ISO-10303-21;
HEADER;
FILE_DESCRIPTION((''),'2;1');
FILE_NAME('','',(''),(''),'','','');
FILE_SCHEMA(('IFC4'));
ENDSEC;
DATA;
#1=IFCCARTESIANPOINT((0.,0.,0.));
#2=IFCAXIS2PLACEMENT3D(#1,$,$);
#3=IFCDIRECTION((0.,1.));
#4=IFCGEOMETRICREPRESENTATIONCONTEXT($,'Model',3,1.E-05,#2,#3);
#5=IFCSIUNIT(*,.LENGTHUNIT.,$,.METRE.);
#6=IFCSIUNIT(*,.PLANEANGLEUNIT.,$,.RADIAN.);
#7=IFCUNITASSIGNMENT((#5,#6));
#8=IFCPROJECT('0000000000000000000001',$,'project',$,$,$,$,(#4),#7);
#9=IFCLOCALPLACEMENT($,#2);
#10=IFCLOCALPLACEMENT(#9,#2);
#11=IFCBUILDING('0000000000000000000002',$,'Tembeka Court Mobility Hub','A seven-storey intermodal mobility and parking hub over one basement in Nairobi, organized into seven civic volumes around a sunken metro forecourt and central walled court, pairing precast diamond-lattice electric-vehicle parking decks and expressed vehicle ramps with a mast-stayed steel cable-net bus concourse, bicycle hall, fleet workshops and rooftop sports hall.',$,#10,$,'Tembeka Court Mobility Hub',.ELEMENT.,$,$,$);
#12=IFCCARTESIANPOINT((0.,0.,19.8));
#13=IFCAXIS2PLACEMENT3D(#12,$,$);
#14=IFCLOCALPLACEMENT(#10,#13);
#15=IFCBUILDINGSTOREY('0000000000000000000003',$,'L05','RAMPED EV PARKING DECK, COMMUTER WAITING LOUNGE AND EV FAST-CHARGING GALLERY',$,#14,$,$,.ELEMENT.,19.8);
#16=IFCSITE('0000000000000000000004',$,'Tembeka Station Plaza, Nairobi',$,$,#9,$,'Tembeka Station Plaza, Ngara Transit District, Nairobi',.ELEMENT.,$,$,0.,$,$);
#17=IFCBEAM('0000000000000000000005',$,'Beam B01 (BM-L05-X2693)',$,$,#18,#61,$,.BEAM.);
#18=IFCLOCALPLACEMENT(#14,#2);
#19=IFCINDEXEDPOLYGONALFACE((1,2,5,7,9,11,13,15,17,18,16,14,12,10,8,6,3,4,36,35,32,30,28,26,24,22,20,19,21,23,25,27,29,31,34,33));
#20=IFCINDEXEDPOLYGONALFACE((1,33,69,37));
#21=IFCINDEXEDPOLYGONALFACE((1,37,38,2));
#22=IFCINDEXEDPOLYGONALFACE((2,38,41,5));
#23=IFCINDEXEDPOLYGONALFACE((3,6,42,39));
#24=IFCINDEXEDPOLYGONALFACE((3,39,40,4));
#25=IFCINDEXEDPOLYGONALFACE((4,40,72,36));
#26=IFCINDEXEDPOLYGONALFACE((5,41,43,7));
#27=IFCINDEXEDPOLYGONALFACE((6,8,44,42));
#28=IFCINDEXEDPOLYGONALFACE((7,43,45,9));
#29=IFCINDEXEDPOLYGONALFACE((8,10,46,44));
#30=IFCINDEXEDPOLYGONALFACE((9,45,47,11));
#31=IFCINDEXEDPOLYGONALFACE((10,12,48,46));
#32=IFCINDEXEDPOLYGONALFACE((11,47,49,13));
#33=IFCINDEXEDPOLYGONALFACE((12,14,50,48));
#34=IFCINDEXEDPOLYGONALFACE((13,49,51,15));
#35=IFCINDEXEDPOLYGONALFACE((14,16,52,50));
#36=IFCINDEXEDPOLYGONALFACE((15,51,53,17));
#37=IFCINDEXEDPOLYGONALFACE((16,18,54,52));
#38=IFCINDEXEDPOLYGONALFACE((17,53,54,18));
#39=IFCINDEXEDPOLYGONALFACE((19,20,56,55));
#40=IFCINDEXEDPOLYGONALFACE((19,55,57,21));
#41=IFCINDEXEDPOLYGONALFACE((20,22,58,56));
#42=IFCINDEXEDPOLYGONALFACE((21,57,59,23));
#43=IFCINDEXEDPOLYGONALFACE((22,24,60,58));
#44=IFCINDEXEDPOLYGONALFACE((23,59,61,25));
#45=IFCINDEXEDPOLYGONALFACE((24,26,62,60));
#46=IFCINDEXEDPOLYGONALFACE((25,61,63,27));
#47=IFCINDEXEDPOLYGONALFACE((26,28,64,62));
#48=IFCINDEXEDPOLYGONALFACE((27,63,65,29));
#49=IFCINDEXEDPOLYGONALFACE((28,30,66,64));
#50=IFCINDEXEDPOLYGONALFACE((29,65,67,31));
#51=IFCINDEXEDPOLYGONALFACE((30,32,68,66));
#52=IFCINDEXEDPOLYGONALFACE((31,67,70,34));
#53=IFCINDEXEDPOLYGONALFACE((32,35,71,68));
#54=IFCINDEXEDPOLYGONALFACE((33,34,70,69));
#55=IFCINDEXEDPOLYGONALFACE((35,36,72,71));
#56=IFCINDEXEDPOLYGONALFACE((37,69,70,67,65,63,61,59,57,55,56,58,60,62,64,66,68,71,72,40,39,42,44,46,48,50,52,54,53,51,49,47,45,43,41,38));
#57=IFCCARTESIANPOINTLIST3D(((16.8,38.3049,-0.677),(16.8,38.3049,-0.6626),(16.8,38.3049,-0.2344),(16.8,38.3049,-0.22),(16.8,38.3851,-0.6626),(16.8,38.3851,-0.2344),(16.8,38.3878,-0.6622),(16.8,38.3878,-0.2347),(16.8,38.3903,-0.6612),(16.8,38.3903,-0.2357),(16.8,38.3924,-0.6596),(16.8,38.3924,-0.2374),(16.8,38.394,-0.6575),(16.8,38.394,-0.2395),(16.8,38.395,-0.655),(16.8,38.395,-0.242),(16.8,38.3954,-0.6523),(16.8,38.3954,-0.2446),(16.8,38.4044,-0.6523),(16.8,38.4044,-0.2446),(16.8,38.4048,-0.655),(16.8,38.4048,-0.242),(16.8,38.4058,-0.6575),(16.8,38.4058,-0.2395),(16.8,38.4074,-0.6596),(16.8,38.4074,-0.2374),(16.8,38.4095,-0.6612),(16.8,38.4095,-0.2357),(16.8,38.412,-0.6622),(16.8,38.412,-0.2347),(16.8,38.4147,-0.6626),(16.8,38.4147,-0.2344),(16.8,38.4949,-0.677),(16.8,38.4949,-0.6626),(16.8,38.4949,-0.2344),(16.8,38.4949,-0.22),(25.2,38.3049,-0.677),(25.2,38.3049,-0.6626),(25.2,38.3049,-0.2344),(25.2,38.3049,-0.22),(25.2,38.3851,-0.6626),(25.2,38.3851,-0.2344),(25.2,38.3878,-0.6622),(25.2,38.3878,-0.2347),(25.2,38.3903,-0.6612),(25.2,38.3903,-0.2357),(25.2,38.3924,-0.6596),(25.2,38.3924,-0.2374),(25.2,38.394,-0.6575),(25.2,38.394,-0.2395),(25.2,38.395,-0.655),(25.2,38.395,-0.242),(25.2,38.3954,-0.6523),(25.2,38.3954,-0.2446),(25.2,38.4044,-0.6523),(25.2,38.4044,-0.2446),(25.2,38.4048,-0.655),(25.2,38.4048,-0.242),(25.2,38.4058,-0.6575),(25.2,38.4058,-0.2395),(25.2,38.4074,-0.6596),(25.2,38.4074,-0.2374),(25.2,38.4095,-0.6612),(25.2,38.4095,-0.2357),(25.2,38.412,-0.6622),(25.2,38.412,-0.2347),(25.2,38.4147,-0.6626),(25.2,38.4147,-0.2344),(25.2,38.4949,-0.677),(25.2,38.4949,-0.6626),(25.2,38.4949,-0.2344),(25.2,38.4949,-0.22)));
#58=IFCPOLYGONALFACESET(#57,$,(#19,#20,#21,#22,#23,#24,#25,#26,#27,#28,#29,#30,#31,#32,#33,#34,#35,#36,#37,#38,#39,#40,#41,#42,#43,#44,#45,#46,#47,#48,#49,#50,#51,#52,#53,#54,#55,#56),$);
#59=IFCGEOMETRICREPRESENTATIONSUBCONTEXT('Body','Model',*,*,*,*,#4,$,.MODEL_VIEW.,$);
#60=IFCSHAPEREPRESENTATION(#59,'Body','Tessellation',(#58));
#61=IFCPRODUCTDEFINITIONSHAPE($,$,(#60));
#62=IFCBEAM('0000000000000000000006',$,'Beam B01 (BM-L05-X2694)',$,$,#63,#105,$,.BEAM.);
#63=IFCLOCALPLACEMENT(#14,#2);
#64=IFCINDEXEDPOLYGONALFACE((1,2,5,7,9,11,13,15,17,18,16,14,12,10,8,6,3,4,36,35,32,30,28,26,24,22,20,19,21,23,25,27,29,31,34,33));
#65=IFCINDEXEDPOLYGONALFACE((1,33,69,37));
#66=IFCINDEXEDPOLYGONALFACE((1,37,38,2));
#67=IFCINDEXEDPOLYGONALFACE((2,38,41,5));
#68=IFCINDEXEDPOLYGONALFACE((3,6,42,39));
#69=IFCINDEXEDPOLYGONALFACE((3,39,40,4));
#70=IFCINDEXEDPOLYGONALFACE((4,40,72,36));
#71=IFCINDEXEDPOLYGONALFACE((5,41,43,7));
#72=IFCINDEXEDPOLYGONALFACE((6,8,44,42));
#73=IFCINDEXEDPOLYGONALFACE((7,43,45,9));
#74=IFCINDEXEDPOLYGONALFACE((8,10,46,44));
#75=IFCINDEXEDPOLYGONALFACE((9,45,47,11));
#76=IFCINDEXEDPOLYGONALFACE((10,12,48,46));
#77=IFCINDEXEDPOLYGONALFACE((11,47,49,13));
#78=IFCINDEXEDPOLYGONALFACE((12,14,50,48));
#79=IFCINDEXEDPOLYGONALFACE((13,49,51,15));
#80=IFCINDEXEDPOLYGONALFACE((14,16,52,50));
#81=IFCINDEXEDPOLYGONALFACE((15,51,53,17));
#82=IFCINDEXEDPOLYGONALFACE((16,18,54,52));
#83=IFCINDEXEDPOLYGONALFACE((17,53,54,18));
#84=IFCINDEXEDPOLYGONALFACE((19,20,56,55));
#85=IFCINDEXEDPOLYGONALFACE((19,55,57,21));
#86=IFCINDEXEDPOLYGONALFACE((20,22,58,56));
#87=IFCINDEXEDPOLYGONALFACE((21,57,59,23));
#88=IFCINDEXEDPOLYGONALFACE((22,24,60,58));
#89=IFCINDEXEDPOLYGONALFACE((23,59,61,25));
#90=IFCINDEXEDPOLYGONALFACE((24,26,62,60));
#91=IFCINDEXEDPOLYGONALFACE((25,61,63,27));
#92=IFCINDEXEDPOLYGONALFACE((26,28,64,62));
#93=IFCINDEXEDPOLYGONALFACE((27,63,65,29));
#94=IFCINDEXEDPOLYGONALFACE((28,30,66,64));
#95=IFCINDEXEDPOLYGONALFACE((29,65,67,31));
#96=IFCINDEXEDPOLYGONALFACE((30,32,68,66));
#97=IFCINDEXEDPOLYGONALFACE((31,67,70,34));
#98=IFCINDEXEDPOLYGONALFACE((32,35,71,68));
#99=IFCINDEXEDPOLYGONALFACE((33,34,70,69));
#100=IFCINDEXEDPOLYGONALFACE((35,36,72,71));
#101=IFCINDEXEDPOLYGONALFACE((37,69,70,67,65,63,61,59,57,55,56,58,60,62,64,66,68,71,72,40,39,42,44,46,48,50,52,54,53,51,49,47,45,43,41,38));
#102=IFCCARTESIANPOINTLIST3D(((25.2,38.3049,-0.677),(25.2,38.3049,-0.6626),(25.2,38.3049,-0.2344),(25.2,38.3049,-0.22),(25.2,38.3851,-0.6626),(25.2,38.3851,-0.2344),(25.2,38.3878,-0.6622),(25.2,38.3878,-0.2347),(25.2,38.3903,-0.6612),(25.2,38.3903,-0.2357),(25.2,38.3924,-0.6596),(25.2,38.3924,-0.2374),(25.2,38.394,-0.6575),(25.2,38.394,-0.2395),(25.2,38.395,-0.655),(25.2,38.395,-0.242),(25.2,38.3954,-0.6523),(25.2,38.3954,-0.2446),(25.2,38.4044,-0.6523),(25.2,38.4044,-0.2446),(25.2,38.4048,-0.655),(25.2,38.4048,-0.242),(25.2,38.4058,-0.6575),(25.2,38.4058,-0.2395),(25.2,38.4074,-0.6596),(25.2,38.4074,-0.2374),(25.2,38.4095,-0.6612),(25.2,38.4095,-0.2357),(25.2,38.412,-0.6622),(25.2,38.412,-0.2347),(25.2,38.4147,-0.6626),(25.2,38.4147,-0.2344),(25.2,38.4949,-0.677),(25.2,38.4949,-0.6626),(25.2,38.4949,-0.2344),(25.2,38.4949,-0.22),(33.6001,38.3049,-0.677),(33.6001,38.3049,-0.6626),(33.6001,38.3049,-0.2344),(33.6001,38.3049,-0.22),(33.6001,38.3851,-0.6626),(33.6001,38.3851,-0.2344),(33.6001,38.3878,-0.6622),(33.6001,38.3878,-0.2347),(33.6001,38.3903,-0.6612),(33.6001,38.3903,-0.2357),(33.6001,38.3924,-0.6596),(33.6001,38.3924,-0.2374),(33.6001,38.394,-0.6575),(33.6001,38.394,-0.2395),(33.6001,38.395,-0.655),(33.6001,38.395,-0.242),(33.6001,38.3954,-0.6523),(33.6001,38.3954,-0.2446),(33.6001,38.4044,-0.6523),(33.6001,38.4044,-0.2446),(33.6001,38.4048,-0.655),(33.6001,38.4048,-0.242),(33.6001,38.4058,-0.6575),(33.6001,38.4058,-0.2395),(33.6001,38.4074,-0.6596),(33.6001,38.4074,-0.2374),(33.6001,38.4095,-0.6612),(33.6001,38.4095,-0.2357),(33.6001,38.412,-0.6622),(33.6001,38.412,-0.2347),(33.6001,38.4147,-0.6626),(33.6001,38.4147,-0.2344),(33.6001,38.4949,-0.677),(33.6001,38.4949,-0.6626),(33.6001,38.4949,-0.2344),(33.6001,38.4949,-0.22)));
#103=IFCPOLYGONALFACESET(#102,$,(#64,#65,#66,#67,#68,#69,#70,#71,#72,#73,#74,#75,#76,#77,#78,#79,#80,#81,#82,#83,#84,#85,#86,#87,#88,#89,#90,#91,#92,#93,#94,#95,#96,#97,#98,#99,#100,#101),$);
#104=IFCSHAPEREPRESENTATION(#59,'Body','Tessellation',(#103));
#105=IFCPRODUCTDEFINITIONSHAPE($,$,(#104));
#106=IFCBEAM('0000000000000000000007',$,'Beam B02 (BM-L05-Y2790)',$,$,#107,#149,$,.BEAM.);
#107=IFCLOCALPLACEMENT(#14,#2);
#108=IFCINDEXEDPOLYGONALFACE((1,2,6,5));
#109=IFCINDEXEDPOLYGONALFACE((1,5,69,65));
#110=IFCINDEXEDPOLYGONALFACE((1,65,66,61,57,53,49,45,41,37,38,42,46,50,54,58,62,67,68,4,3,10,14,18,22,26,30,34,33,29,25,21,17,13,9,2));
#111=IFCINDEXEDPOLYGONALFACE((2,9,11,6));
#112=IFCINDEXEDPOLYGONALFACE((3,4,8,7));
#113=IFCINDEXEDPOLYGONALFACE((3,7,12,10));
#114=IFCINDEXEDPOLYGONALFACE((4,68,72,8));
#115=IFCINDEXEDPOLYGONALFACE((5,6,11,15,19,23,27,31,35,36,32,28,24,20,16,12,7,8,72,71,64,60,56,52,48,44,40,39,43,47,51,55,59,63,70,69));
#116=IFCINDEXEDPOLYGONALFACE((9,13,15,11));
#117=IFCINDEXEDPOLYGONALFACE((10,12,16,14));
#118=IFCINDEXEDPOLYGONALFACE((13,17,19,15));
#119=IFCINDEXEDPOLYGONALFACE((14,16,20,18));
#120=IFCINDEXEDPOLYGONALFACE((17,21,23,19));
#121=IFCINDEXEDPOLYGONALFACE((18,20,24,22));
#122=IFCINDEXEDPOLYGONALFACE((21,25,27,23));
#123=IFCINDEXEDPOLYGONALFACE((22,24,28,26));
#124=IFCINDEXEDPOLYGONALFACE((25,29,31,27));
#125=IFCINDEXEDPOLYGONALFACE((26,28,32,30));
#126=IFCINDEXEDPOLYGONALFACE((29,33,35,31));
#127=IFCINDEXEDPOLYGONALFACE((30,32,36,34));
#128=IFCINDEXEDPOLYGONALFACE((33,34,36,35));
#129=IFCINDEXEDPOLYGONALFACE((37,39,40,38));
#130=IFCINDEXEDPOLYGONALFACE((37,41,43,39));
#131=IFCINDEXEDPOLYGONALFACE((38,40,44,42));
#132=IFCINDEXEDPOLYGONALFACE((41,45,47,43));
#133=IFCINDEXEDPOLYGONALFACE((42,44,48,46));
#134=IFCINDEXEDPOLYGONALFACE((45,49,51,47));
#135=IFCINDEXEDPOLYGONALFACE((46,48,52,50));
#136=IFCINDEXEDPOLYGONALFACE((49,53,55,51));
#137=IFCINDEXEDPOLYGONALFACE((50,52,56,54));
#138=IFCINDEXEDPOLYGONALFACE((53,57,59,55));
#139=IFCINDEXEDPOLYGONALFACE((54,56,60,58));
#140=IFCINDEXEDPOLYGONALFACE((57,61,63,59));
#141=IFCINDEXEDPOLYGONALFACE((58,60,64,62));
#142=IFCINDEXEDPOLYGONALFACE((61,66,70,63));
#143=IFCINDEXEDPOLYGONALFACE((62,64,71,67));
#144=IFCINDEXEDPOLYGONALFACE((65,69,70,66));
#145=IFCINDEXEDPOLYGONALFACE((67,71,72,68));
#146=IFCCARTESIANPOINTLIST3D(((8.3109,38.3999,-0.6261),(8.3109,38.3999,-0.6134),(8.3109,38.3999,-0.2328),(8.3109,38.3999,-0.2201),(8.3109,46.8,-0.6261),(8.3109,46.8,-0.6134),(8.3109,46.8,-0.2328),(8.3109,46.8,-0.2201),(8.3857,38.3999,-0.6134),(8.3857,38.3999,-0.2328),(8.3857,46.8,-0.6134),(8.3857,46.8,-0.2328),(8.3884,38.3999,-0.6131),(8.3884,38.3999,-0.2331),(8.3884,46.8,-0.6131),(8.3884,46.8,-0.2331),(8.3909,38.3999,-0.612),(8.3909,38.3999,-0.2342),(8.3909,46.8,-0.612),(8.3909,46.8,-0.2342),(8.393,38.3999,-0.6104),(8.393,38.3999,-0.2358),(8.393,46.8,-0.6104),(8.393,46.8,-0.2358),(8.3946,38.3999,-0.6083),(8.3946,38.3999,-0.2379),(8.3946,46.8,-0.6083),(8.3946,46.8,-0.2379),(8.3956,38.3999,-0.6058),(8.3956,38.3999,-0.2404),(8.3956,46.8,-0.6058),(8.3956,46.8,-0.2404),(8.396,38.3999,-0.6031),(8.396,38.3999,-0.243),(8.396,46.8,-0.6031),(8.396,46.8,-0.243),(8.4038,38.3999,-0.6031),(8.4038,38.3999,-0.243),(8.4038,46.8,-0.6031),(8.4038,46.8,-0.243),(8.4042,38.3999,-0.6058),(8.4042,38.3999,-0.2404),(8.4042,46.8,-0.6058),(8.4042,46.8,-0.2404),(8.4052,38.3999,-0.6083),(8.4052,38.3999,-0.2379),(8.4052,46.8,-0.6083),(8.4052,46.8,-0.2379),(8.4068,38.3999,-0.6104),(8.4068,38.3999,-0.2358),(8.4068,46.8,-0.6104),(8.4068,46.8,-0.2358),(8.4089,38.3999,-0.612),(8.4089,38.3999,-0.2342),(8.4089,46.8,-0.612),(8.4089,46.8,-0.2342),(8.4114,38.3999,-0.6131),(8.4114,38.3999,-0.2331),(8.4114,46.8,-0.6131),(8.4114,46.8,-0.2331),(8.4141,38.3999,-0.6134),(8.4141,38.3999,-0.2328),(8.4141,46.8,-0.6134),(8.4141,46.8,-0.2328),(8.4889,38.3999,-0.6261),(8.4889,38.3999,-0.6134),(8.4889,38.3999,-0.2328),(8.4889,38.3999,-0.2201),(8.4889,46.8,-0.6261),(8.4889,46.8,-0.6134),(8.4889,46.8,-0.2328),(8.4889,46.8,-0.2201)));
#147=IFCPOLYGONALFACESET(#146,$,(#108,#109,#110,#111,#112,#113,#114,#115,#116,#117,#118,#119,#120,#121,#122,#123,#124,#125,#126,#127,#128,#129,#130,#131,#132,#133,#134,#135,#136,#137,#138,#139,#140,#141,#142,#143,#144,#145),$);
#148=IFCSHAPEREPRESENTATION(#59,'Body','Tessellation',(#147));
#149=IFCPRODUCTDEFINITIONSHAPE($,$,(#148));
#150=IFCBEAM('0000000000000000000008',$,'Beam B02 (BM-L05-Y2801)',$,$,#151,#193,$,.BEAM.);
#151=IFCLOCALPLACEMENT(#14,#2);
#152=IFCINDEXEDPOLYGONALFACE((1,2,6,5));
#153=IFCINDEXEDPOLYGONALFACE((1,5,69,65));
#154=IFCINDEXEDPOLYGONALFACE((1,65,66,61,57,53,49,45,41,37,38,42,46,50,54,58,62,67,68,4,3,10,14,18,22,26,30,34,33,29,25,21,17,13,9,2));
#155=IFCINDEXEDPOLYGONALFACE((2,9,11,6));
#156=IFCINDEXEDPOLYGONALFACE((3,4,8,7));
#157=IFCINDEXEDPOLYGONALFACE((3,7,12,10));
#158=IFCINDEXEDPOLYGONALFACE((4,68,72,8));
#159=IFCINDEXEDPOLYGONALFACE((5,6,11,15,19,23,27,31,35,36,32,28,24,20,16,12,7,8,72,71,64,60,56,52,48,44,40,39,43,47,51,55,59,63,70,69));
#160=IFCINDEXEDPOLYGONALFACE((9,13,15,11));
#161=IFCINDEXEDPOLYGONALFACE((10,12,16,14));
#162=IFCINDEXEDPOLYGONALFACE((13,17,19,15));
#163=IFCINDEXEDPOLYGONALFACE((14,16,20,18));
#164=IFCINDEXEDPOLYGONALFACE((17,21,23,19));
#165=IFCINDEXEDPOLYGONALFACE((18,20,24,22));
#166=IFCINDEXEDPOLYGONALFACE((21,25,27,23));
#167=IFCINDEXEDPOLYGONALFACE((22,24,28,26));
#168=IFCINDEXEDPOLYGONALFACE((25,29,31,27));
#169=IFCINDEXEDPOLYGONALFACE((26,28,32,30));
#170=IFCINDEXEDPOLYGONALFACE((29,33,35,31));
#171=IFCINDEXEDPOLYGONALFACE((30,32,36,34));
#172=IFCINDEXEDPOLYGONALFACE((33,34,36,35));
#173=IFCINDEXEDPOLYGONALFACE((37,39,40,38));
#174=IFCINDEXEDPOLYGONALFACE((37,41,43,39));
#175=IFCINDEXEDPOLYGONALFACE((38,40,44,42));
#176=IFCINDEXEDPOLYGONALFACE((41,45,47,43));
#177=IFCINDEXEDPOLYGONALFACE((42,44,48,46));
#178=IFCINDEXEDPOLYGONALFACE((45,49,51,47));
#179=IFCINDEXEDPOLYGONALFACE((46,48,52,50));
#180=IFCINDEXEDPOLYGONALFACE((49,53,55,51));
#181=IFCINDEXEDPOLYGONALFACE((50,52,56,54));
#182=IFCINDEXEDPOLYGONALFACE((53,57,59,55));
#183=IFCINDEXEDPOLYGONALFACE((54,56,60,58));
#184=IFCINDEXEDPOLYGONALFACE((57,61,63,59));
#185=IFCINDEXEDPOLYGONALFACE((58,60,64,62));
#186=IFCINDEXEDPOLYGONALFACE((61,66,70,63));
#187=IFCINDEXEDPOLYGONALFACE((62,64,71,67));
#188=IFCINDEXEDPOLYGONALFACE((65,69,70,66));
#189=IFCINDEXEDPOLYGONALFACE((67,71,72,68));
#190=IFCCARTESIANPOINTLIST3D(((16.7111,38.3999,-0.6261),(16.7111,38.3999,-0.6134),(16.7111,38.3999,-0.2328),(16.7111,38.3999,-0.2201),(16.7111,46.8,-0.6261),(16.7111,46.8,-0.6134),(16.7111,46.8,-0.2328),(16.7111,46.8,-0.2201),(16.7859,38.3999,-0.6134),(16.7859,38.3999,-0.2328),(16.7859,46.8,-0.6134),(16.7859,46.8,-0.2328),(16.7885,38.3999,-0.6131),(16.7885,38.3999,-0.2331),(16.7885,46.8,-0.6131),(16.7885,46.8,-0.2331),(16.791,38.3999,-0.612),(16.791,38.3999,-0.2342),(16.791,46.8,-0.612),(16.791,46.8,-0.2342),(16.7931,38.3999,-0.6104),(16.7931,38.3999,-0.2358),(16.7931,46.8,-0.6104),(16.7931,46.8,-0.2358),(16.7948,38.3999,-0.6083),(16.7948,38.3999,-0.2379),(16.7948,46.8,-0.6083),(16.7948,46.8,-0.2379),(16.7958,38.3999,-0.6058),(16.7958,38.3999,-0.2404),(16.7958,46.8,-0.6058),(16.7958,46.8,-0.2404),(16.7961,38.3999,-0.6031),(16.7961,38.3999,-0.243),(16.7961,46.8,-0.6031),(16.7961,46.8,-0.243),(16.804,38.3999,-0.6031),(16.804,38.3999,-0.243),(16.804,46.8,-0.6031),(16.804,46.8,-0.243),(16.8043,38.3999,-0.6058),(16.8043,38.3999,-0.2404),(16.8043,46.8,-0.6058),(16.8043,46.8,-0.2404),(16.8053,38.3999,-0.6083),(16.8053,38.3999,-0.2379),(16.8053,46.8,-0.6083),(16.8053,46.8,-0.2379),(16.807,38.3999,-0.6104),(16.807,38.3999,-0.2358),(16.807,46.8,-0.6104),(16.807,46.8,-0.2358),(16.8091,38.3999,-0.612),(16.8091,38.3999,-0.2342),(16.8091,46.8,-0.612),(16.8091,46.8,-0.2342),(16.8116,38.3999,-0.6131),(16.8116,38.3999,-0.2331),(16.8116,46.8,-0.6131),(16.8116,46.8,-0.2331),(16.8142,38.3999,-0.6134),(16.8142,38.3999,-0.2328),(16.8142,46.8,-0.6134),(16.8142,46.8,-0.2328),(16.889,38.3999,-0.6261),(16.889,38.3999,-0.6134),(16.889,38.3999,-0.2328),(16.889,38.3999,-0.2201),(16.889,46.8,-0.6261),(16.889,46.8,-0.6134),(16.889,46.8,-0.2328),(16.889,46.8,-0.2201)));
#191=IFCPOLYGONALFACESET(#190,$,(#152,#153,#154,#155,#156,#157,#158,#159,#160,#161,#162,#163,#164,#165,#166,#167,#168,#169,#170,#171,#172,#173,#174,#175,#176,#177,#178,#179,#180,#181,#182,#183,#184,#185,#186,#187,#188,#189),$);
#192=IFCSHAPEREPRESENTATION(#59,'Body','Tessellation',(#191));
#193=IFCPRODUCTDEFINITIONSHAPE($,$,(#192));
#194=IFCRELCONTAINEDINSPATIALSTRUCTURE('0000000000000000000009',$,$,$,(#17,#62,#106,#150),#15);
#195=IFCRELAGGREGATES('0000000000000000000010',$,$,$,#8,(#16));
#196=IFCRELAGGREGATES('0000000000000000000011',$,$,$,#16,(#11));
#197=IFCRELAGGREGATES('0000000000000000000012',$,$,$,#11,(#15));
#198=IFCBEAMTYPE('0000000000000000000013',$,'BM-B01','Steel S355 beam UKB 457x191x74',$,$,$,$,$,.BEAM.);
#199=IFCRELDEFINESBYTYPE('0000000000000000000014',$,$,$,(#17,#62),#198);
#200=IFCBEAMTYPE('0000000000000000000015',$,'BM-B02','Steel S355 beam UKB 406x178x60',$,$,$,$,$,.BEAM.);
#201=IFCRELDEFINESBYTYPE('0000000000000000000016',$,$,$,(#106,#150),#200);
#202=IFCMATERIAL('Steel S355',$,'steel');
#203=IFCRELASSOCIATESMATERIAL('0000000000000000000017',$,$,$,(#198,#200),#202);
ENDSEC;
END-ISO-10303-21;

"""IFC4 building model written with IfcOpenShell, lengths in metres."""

from ifc_helpers import new_model, si_unit, direction, frame, origin, origin_2d, place, context, subcontext, project, spatial, i_section, extrude, material, material_profile, profile_set, type_object, element, save


model = new_model("IFC4")

# Units and contexts
model_context = context("Model", 3, precision=1e-05, world=origin(), true_north=direction((0.0, 1.0)))
body_context = subcontext(model_context, "Body", "Model", "MODEL_VIEW")
ifc_project = project(units=[si_unit("LENGTHUNIT", "METRE"), si_unit("PLANEANGLEUNIT", "RADIAN")], contexts=[model_context])

# Site, building, storey
site_placement = place(None, origin())
site = spatial("IfcSite", under=ifc_project, at=site_placement, Name="Tembeka Station Plaza, Nairobi", LongName="Tembeka Station Plaza, Ngara Transit District, Nairobi", CompositionType="ELEMENT", RefElevation=0.0)
building_placement = place(site_placement, origin())
building = spatial("IfcBuilding", under=site, at=building_placement, Name="Tembeka Court Mobility Hub", Description="A seven-storey intermodal mobility and parking hub over one basement in Nairobi, organized into seven civic volumes around a sunken metro forecourt and central walled court, pairing precast diamond-lattice electric-vehicle parking decks and expressed vehicle ramps with a mast-stayed steel cable-net bus concourse, bicycle hall, fleet workshops and rooftop sports hall.", LongName="Tembeka Court Mobility Hub", CompositionType="ELEMENT")
storey_placement = place(building_placement, frame((0.0, 0.0, 19.8)))
storey = spatial("IfcBuildingStorey", under=building, at=storey_placement, Name="L05", Description="RAMPED EV PARKING DECK, COMMUTER WAITING LOUNGE AND EV FAST-CHARGING GALLERY", CompositionType="ELEMENT", Elevation=19.8)

# Shared definitions
ifc_material_1 = material(Name="Steel S355", Category="steel")

# Beams
ifc_material_profile_1 = material_profile(ifc_material_1, i_section(OverallWidth=0.1899, OverallDepth=0.457, WebThickness=0.009, FlangeThickness=0.0144, FilletRadius=0.0103, at=origin_2d()), Name="UKB 457x191x74")
ifc_profile_set_1 = profile_set([ifc_material_profile_1], Name="Steel S355")
beam_type_1 = type_object("IfcBeamType", Name="BM-B01", Description="Steel S355 beam UKB 457x191x74", PredefinedType="BEAM", material=ifc_profile_set_1)
beam_1_placement = place(storey_placement, frame((16.8, 38.3999, -0.4485), z_axis=(1.0, 0.0, 0.0), x_axis=(0.0, 1.0, 0.0)))
element("IfcBeam", 1, at=beam_1_placement, inside=storey, type_object=beam_type_1, Name="Beam B01 (BM-L05-X2693)", PredefinedType="BEAM", context=body_context, shape_type="SweptSolid", body=[
    extrude(i_section(OverallWidth=0.1899, OverallDepth=0.457, WebThickness=0.009, FlangeThickness=0.0144, FilletRadius=0.0103, at=origin_2d()), origin(), (0.0, 0.0, 1.0), 8.3999),
])
beam_2_placement = place(storey_placement, frame((25.2, 38.3999, -0.4485), z_axis=(1.0, 0.0, 0.0), x_axis=(0.0, 1.0, 0.0)))
element("IfcBeam", 2, at=beam_2_placement, inside=storey, type_object=beam_type_1, Name="Beam B01 (BM-L05-X2694)", PredefinedType="BEAM", context=body_context, shape_type="SweptSolid", body=[
    extrude(i_section(OverallWidth=0.1899, OverallDepth=0.457, WebThickness=0.009, FlangeThickness=0.0144, FilletRadius=0.0103, at=origin_2d()), origin(), (0.0, 0.0, 1.0), 8.4001),
])
ifc_material_profile_2 = material_profile(ifc_material_1, i_section(OverallWidth=0.178, OverallDepth=0.406, WebThickness=0.0078, FlangeThickness=0.0127, FilletRadius=0.0103, at=origin_2d()), Name="UKB 406x178x60")
ifc_profile_set_2 = profile_set([ifc_material_profile_2], Name="Steel S355")
beam_type_2 = type_object("IfcBeamType", Name="BM-B02", Description="Steel S355 beam UKB 406x178x60", PredefinedType="BEAM", material=ifc_profile_set_2)
for number, where, z_axis, x_axis, name in (
    (3, (8.3999, 38.3999, -0.4231), (0.0, 1.0, 0.0), (-1.0, 0.0, 0.0), "Beam B02 (BM-L05-Y2790)"),
    (4, (16.8, 38.3999, -0.4231), (0.0, 1.0, 0.0), (-1.0, 0.0, 0.0), "Beam B02 (BM-L05-Y2801)"),
):
    element("IfcBeam", number, at=place(storey_placement, frame(where, z_axis=z_axis, x_axis=x_axis)), inside=storey, type_object=beam_type_2, Name=name, PredefinedType="BEAM", context=body_context, shape_type="SweptSolid", body=[
        extrude(i_section(OverallWidth=0.178, OverallDepth=0.406, WebThickness=0.0078, FlangeThickness=0.0127, FilletRadius=0.0103, at=origin_2d()), origin(), (0.0, 0.0, 1.0), 8.4001),
    ])

save(model, "model.ifc")
